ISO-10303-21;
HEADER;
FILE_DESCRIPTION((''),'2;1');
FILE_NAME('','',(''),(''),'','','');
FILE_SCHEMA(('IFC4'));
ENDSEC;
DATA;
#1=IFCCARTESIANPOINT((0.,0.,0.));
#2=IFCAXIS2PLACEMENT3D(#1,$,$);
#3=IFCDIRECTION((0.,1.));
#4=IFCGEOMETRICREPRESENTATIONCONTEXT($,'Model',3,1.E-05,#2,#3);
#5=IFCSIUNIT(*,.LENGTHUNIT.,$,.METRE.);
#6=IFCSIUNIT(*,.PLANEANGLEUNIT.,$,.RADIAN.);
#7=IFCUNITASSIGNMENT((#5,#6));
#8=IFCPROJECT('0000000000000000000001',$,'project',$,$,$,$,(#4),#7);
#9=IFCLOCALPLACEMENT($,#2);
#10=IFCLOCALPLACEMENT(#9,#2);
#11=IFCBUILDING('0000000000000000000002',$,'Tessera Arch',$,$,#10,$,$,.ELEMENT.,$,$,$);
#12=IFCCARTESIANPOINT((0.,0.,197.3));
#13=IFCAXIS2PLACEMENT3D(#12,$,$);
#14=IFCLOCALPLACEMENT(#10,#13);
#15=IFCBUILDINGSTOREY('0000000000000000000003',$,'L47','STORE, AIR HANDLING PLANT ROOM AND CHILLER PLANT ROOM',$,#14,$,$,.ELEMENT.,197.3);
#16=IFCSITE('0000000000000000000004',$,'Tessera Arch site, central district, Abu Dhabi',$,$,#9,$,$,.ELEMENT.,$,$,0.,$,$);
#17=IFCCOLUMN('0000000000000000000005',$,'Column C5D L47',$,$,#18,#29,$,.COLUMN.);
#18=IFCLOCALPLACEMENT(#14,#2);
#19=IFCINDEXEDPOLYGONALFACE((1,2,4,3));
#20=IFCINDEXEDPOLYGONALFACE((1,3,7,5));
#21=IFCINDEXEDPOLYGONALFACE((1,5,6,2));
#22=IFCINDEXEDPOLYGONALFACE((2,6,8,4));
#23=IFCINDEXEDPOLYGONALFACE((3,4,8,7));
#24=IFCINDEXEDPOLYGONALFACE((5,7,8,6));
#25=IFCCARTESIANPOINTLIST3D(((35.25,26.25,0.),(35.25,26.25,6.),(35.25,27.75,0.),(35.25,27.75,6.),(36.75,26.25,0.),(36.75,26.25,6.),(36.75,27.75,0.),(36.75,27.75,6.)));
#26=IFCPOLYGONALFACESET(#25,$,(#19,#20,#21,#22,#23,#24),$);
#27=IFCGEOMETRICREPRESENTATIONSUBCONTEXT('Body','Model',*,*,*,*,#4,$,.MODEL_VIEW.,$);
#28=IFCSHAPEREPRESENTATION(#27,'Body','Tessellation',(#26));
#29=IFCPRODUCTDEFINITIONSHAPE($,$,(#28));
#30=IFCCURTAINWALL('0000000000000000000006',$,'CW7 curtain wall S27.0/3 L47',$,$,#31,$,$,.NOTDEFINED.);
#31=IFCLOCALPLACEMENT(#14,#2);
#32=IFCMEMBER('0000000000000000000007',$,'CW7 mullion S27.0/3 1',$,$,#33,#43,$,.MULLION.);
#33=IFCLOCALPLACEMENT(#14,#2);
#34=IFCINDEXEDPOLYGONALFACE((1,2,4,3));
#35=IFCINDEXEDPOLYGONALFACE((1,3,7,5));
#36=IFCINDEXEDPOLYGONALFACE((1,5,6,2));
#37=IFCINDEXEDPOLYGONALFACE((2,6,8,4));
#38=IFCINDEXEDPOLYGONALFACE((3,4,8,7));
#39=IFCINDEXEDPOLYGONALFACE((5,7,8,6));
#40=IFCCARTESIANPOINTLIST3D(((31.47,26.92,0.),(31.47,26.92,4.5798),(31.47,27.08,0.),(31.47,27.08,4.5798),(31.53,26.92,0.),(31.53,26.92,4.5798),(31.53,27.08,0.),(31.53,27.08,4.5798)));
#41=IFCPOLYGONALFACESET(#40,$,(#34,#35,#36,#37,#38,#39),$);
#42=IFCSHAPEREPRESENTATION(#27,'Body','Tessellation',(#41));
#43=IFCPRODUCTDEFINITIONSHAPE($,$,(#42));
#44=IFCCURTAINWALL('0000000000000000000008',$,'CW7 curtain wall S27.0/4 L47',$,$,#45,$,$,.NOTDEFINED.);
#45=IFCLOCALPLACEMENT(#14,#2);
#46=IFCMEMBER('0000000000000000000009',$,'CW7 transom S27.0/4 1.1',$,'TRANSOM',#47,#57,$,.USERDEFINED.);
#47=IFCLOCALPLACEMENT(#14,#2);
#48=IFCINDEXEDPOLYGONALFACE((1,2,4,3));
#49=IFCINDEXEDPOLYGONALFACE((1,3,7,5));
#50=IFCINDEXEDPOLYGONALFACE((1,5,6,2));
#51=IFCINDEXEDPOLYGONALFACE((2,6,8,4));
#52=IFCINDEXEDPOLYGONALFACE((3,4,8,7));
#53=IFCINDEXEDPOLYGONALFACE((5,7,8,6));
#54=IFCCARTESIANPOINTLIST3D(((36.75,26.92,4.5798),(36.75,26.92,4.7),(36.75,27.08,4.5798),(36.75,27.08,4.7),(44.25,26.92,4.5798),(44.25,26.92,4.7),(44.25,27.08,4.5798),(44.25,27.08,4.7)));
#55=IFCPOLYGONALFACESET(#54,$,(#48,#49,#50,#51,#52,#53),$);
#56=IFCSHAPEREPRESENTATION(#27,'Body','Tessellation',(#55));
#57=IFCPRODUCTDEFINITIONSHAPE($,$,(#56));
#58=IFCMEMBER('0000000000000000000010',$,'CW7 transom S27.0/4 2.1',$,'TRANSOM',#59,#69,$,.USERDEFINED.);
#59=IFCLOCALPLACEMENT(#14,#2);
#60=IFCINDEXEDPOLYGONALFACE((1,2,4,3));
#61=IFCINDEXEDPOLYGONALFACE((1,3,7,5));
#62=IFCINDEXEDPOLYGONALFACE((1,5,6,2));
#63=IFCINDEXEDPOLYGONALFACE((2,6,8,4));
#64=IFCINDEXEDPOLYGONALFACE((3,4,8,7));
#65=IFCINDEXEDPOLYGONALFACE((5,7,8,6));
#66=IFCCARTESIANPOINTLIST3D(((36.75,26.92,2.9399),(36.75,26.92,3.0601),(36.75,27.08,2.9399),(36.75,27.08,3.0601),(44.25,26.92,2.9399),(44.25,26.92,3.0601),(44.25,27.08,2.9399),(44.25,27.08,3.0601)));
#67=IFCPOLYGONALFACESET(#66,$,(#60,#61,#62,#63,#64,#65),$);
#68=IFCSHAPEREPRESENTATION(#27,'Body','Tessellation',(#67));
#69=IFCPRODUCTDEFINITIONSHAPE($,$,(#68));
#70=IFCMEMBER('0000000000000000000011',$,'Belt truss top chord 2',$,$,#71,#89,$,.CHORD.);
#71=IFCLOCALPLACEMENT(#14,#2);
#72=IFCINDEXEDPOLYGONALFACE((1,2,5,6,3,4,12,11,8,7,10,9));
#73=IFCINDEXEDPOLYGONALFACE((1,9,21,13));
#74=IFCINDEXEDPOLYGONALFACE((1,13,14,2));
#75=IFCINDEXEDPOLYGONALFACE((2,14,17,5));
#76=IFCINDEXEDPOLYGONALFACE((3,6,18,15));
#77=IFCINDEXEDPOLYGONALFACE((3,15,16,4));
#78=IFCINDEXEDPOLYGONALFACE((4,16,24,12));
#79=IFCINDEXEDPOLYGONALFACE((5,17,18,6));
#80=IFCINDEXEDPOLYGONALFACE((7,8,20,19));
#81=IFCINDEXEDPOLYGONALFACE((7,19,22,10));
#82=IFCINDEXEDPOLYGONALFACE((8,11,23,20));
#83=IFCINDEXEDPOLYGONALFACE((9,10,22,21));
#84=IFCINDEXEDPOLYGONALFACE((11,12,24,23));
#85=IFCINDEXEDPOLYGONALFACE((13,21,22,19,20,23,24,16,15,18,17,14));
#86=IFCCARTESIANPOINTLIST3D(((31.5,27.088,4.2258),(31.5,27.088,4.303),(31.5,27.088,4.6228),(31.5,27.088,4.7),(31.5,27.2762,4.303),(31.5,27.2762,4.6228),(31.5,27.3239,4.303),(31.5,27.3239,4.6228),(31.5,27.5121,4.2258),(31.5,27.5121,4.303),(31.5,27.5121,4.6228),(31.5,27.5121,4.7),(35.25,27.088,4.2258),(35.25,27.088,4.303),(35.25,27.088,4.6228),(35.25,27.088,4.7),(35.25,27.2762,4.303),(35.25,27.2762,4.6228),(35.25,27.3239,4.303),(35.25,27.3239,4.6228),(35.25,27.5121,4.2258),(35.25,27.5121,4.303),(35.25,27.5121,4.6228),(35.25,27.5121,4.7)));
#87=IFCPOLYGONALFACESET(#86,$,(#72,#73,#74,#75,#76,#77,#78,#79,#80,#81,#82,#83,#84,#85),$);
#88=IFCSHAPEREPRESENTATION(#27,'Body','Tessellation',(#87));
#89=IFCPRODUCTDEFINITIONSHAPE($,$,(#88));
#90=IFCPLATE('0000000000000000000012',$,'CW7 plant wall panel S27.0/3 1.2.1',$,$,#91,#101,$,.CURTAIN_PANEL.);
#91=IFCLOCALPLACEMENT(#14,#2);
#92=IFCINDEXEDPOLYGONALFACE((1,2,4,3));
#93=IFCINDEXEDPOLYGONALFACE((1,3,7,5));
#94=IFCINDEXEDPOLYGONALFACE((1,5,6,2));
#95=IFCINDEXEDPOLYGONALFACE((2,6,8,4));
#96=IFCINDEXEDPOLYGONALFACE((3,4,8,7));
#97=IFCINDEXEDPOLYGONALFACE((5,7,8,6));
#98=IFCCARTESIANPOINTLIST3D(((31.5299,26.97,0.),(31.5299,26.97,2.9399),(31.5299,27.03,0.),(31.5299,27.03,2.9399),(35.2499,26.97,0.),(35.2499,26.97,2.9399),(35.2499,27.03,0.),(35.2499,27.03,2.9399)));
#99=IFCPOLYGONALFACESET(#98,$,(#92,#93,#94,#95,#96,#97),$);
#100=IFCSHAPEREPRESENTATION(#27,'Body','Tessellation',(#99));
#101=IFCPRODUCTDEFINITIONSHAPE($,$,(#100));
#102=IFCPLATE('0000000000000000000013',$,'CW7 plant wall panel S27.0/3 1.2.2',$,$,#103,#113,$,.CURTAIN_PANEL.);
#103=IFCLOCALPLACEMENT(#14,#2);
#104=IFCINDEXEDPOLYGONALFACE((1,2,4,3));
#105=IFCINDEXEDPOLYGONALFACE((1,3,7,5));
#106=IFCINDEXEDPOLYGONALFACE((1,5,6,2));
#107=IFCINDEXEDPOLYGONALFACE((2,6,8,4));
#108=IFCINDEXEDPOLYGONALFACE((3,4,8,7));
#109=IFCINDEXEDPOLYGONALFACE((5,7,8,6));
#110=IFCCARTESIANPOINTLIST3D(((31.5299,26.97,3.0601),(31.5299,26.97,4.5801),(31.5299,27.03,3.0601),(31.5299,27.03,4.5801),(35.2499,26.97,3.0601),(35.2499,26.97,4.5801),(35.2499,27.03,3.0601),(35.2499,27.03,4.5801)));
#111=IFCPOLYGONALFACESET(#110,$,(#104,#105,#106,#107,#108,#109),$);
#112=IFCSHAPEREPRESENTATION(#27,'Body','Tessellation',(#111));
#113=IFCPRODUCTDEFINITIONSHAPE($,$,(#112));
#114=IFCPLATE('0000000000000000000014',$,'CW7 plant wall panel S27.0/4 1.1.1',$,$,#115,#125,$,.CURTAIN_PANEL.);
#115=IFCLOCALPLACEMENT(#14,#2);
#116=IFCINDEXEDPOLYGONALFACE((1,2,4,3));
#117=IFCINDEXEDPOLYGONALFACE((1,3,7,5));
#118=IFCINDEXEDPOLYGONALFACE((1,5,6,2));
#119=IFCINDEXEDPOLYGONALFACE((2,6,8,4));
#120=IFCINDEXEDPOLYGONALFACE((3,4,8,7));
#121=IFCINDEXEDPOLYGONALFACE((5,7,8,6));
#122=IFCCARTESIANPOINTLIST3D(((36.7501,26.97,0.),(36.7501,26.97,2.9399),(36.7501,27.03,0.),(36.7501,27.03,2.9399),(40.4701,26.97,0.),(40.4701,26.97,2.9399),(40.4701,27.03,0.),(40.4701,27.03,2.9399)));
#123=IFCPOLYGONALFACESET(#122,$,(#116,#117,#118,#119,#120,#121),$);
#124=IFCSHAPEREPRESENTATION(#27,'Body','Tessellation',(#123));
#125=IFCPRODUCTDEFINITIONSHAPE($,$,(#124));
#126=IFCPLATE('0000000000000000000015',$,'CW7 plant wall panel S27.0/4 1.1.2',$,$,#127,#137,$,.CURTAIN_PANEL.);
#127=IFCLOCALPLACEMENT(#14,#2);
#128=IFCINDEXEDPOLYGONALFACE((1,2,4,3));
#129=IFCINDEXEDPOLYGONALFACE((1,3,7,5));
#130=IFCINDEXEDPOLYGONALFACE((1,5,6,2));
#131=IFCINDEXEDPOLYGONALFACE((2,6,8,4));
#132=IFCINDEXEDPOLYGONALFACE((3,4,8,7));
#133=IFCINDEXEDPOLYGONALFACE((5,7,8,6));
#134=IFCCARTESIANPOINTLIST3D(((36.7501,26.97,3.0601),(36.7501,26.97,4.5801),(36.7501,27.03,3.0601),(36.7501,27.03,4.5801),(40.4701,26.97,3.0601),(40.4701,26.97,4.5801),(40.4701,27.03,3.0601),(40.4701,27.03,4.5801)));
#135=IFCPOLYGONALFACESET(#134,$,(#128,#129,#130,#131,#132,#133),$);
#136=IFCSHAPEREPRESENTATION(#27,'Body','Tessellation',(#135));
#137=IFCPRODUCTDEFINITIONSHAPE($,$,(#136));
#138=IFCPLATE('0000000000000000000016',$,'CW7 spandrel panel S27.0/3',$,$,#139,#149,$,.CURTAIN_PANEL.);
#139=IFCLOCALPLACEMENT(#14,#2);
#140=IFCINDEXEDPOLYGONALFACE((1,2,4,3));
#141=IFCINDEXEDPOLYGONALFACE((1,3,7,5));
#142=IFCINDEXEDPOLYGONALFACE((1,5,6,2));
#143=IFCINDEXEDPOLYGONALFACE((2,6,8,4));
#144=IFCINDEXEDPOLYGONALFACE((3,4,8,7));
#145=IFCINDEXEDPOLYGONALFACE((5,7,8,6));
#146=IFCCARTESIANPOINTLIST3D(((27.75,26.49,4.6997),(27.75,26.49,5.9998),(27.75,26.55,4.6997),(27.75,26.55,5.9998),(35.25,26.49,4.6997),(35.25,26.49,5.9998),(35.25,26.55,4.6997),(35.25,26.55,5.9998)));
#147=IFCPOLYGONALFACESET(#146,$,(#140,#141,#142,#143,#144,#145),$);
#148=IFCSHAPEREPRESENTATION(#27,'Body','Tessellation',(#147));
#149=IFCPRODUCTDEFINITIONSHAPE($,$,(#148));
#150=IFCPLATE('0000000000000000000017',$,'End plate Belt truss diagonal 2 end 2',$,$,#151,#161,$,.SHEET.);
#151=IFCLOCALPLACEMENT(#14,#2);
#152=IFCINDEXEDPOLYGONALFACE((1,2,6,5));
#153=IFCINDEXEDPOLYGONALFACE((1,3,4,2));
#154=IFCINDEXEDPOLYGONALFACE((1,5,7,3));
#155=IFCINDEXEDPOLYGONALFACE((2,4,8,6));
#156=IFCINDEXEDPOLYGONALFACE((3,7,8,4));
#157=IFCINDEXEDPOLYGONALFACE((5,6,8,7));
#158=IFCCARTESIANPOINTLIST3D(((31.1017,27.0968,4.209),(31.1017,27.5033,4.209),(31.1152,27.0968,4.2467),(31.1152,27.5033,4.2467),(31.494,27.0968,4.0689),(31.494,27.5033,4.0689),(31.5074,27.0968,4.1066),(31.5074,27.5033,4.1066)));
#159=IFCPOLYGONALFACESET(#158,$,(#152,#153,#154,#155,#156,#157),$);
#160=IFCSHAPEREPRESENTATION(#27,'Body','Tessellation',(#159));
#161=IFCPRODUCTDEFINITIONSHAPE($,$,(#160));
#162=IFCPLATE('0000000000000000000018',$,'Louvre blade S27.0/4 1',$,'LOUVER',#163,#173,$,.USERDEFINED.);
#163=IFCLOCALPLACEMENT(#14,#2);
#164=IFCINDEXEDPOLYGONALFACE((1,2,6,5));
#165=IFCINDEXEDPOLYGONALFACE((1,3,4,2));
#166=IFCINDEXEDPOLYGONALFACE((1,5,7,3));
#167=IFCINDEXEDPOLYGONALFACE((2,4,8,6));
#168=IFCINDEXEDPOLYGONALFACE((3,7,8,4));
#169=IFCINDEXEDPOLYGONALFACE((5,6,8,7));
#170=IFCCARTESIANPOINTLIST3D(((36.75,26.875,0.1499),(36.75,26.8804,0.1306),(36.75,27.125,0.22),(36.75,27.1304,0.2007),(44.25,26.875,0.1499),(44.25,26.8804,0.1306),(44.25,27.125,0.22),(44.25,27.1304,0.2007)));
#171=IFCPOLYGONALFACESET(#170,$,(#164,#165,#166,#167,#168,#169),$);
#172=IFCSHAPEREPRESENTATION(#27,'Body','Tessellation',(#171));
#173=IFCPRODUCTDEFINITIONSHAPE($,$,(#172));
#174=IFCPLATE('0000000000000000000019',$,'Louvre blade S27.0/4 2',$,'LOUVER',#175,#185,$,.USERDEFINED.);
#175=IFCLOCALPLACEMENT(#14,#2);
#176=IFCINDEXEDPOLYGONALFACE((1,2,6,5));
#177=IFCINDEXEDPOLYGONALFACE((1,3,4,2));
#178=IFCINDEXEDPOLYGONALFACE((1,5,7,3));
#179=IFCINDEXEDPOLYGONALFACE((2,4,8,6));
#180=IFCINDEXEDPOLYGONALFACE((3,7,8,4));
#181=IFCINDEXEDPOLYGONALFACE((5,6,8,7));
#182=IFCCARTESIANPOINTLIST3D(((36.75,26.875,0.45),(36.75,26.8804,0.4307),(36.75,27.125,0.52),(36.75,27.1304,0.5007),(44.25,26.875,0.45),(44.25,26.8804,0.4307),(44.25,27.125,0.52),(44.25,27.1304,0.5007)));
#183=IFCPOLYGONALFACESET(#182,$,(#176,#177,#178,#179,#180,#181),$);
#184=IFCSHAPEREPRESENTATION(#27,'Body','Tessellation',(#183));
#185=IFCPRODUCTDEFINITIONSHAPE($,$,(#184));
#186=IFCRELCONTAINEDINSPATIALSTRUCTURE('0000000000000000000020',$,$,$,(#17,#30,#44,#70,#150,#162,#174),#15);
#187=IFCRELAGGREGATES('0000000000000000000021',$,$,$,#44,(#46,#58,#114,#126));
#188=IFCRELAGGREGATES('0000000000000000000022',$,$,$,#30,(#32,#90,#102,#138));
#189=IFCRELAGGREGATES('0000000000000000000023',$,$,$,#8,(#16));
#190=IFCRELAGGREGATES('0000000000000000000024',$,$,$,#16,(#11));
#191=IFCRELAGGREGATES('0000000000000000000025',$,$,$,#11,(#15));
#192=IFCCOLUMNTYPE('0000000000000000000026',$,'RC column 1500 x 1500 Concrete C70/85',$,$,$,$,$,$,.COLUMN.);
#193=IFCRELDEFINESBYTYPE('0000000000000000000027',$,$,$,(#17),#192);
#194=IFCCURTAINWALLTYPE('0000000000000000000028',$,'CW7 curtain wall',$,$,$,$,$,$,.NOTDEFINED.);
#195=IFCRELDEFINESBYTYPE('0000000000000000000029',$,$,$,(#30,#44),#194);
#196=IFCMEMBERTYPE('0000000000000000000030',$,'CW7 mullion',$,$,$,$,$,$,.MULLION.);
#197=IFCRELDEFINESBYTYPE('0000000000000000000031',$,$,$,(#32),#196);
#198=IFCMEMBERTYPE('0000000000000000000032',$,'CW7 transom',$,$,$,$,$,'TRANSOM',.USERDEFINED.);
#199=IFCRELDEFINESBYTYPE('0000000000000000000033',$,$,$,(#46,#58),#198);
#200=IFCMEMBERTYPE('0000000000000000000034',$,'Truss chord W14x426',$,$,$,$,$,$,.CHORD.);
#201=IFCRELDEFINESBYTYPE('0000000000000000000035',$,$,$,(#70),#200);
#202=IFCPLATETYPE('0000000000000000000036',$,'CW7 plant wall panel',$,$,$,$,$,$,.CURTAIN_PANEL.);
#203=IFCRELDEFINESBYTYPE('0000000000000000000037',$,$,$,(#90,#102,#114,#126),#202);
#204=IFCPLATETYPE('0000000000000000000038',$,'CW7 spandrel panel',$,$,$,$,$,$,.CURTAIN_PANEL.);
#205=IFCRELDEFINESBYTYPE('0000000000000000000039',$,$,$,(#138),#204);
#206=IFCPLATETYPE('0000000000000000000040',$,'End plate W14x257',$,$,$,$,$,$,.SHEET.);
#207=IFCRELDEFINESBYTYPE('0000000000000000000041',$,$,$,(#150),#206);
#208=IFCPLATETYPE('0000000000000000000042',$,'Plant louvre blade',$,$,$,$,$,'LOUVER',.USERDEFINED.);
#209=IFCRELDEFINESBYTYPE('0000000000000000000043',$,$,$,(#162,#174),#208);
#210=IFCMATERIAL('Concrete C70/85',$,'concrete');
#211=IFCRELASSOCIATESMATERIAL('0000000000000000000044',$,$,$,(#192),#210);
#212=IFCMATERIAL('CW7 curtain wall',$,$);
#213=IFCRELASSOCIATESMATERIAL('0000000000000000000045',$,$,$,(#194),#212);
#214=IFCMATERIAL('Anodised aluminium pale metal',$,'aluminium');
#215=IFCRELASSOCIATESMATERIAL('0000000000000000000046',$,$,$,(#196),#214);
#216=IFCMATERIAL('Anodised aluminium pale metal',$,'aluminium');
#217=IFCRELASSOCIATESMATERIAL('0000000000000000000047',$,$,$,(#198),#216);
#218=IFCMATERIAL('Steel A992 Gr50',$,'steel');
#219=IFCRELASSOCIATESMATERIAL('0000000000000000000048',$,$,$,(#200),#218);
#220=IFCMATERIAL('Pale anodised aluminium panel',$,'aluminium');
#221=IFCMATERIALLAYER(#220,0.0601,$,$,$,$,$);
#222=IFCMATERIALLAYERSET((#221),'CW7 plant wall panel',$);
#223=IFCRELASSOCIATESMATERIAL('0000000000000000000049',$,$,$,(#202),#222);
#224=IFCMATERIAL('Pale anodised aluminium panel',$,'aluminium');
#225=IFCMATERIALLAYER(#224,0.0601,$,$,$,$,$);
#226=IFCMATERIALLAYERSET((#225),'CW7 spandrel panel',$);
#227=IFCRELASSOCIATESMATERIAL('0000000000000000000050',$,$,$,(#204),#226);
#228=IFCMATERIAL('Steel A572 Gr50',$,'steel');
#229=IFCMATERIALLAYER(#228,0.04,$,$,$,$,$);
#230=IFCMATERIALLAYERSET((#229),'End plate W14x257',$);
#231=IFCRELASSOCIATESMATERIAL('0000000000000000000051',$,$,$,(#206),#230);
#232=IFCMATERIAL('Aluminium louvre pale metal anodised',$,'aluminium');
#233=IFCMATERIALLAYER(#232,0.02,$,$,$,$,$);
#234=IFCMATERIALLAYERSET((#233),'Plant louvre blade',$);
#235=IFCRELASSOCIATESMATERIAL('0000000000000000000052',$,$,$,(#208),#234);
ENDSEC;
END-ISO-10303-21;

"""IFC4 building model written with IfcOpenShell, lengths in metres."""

from ifc_helpers import new_model, si_unit, direction, frame, origin, origin_2d, place, context, subcontext, project, spatial, polyline, rectangle, i_section, outline, extrude, material, layer, layer_set, material_profile, profile_set, type_object, element, aggregate, save


model = new_model("IFC4")

# Units and contexts
model_context = context("Model", 3, precision=1e-05, world=origin(), true_north=direction((0.0, 1.0)))
body_context = subcontext(model_context, "Body", "Model", "MODEL_VIEW")
ifc_project = project(units=[si_unit("LENGTHUNIT", "METRE"), si_unit("PLANEANGLEUNIT", "RADIAN")], contexts=[model_context])

# Site, building, storey
site_placement = place(None, origin())
site = spatial("IfcSite", under=ifc_project, at=site_placement, Name="Tessera Arch site, central district, Abu Dhabi", CompositionType="ELEMENT", RefElevation=0.0)
building_placement = place(site_placement, origin())
building = spatial("IfcBuilding", under=site, at=building_placement, Name="Tessera Arch", CompositionType="ELEMENT")
storey_placement = place(building_placement, frame((0.0, 0.0, 197.3)))
storey = spatial("IfcBuildingStorey", under=building, at=storey_placement, Name="L47", Description="STORE, AIR HANDLING PLANT ROOM AND CHILLER PLANT ROOM", CompositionType="ELEMENT", Elevation=197.3)

# Column
ifc_material_1 = material(Name="Concrete C70/85", Category="concrete")
ifc_material_profile_1 = material_profile(ifc_material_1, rectangle(XDim=1.5, YDim=1.5, at=origin_2d()), Name="RC column 1500 x 1500 Concrete C70/85")
ifc_profile_set_1 = profile_set([ifc_material_profile_1], Name="Concrete C70/85")
column_type = type_object("IfcColumnType", Name="RC column 1500 x 1500 Concrete C70/85", PredefinedType="COLUMN", material=ifc_profile_set_1)
column_placement = place(storey_placement, frame((36.0, 27.0, 0.0), z_axis=(0.0, 0.0, 1.0), x_axis=(1.0, 0.0, 0.0)))
element("IfcColumn", 1, at=column_placement, inside=storey, type_object=column_type, Name="Column C5D L47", PredefinedType="COLUMN", context=body_context, shape_type="SweptSolid", body=[
    extrude(rectangle(XDim=1.5, YDim=1.5, at=origin_2d()), origin(), (0.0, 0.0, 1.0), 6.0),
])

# Curtain wall, member
ifc_material_2 = material(Name="CW7 curtain wall")
curtain_wall_type = type_object("IfcCurtainWallType", Name="CW7 curtain wall", PredefinedType="NOTDEFINED", material=ifc_material_2)
curtain_wall_1_placement = place(storey_placement, origin())
curtain_wall_1 = element("IfcCurtainWall", 2, at=curtain_wall_1_placement, inside=storey, type_object=curtain_wall_type, Name="CW7 curtain wall S27.0/3 L47", PredefinedType="NOTDEFINED")
ifc_material_3 = material(Name="Anodised aluminium pale metal", Category="aluminium")
ifc_material_profile_2 = material_profile(ifc_material_3, rectangle(XDim=0.1599, YDim=0.0601, at=origin_2d()), Name="AL 60x160")
ifc_profile_set_2 = profile_set([ifc_material_profile_2], Name="Anodised aluminium pale metal")
member_type_1 = type_object("IfcMemberType", Name="CW7 mullion", PredefinedType="MULLION", material=ifc_profile_set_2)
member_1_placement = place(storey_placement, frame((31.5, 27.0, 0.0), z_axis=(0.0, 0.0, 1.0), x_axis=(0.0, 1.0, 0.0)))
member_1 = element("IfcMember", 3, at=member_1_placement, type_object=member_type_1, Name="CW7 mullion S27.0/3 1", PredefinedType="MULLION", context=body_context, shape_type="SweptSolid", body=[
    extrude(rectangle(XDim=0.1599, YDim=0.0601, at=origin_2d()), origin(), (0.0, 0.0, 1.0), 4.5798),
])

# Curtain wall, members
curtain_wall_2_placement = place(storey_placement, origin())
curtain_wall_2 = element("IfcCurtainWall", 4, at=curtain_wall_2_placement, inside=storey, type_object=curtain_wall_type, Name="CW7 curtain wall S27.0/4 L47", PredefinedType="NOTDEFINED")
ifc_material_4 = material(Name="Anodised aluminium pale metal", Category="aluminium")
ifc_material_profile_3 = material_profile(ifc_material_4, rectangle(XDim=0.1599, YDim=0.1201, at=origin_2d()), Name="AL 160x120")
ifc_profile_set_3 = profile_set([ifc_material_profile_3], Name="Anodised aluminium pale metal")
member_type_2 = type_object("IfcMemberType", Name="CW7 transom", ElementType="TRANSOM", PredefinedType="USERDEFINED", material=ifc_profile_set_3)
member_2_placement = place(storey_placement, frame((36.75, 27.0, 4.6399), z_axis=(1.0, 0.0, 0.0), x_axis=(0.0, 1.0, 0.0)))
member_2 = element("IfcMember", 5, at=member_2_placement, type_object=member_type_2, Name="CW7 transom S27.0/4 1.1", ObjectType="TRANSOM", PredefinedType="USERDEFINED", context=body_context, shape_type="SweptSolid", body=[
    extrude(rectangle(XDim=0.1599, YDim=0.1201, at=origin_2d()), origin(), (0.0, 0.0, 1.0), 7.5),
])
member_3_placement = place(storey_placement, frame((36.75, 27.0, 3.0), z_axis=(1.0, 0.0, 0.0), x_axis=(0.0, 1.0, 0.0)))
member_3 = element("IfcMember", 6, at=member_3_placement, type_object=member_type_2, Name="CW7 transom S27.0/4 2.1", ObjectType="TRANSOM", PredefinedType="USERDEFINED", context=body_context, shape_type="SweptSolid", body=[
    extrude(rectangle(XDim=0.1599, YDim=0.1201, at=origin_2d()), origin(), (0.0, 0.0, 1.0), 7.5),
])

# Member
ifc_material_5 = material(Name="Steel A992 Gr50", Category="steel")
ifc_material_profile_4 = material_profile(ifc_material_5, i_section(OverallWidth=0.4241, OverallDepth=0.4741, WebThickness=0.0476, FlangeThickness=0.0771, at=origin_2d()), Name="W14x426")
ifc_profile_set_4 = profile_set([ifc_material_profile_4], Name="Steel A992 Gr50")
member_type_3 = type_object("IfcMemberType", Name="Truss chord W14x426", PredefinedType="CHORD", material=ifc_profile_set_4)
member_4_placement = place(storey_placement, frame((31.5, 27.3, 4.4629), z_axis=(1.0, 0.0, 0.0), x_axis=(0.0, 1.0, 0.0)))
element("IfcMember", 7, at=member_4_placement, inside=storey, type_object=member_type_3, Name="Belt truss top chord 2", PredefinedType="CHORD", context=body_context, shape_type="SweptSolid", body=[
    extrude(i_section(OverallWidth=0.4241, OverallDepth=0.4741, WebThickness=0.0476, FlangeThickness=0.0771, at=origin_2d()), origin(), (0.0, 0.0, 1.0), 3.75),
])

# Plates
ifc_material_6 = material(Name="Pale anodised aluminium panel", Category="aluminium")
ifc_layer_1 = layer(ifc_material_6, 0.0601)
ifc_layer_set_1 = layer_set([ifc_layer_1], Name="CW7 plant wall panel")
plate_type_1 = type_object("IfcPlateType", Name="CW7 plant wall panel", PredefinedType="CURTAIN_PANEL", material=ifc_layer_set_1)
plate_1_placement = place(storey_placement, frame((33.3899, 27.0, 0.0), z_axis=(0.0, 0.0, 1.0), x_axis=(1.0, 0.0, 0.0)))
plate_1 = element("IfcPlate", 8, at=plate_1_placement, type_object=plate_type_1, Name="CW7 plant wall panel S27.0/3 1.2.1", PredefinedType="CURTAIN_PANEL", context=body_context, shape_type="SweptSolid", body=[
    extrude(rectangle(XDim=3.72, YDim=0.0601, at=origin_2d()), origin(), (0.0, 0.0, 1.0), 2.9399),
])
plate_2_placement = place(storey_placement, frame((33.3899, 27.0, 3.0601), z_axis=(0.0, 0.0, 1.0), x_axis=(1.0, 0.0, 0.0)))
plate_2 = element("IfcPlate", 9, at=plate_2_placement, type_object=plate_type_1, Name="CW7 plant wall panel S27.0/3 1.2.2", PredefinedType="CURTAIN_PANEL", context=body_context, shape_type="SweptSolid", body=[
    extrude(rectangle(XDim=3.72, YDim=0.0601, at=origin_2d()), origin(), (0.0, 0.0, 1.0), 1.52),
])
plate_3_placement = place(storey_placement, frame((38.6101, 27.0, 0.0), z_axis=(0.0, 0.0, 1.0), x_axis=(1.0, 0.0, 0.0)))
plate_3 = element("IfcPlate", 10, at=plate_3_placement, type_object=plate_type_1, Name="CW7 plant wall panel S27.0/4 1.1.1", PredefinedType="CURTAIN_PANEL", context=body_context, shape_type="SweptSolid", body=[
    extrude(rectangle(XDim=3.72, YDim=0.0601, at=origin_2d()), origin(), (0.0, 0.0, 1.0), 2.9399),
])
plate_4_placement = place(storey_placement, frame((38.6101, 27.0, 3.0601), z_axis=(0.0, 0.0, 1.0), x_axis=(1.0, 0.0, 0.0)))
plate_4 = element("IfcPlate", 11, at=plate_4_placement, type_object=plate_type_1, Name="CW7 plant wall panel S27.0/4 1.1.2", PredefinedType="CURTAIN_PANEL", context=body_context, shape_type="SweptSolid", body=[
    extrude(rectangle(XDim=3.72, YDim=0.0601, at=origin_2d()), origin(), (0.0, 0.0, 1.0), 1.52),
])
aggregate(curtain_wall_2, [member_2, member_3, plate_3, plate_4])
ifc_material_7 = material(Name="Pale anodised aluminium panel", Category="aluminium")
ifc_layer_2 = layer(ifc_material_7, 0.0601)
ifc_layer_set_2 = layer_set([ifc_layer_2], Name="CW7 spandrel panel")
plate_type_2 = type_object("IfcPlateType", Name="CW7 spandrel panel", PredefinedType="CURTAIN_PANEL", material=ifc_layer_set_2)
plate_5_placement = place(storey_placement, frame((31.5, 26.52, 4.6997), z_axis=(0.0, 0.0, 1.0), x_axis=(1.0, 0.0, 0.0)))
plate_5 = element("IfcPlate", 12, at=plate_5_placement, type_object=plate_type_2, Name="CW7 spandrel panel S27.0/3", PredefinedType="CURTAIN_PANEL", context=body_context, shape_type="SweptSolid", body=[
    extrude(rectangle(XDim=7.5, YDim=0.0601, at=origin_2d()), origin(), (0.0, 0.0, 1.0), 1.3),
])
aggregate(curtain_wall_1, [member_1, plate_1, plate_2, plate_5])

# Plates
ifc_material_8 = material(Name="Steel A572 Gr50", Category="steel")
ifc_layer_3 = layer(ifc_material_8, 0.04)
ifc_layer_set_3 = layer_set([ifc_layer_3], Name="End plate W14x257")
plate_type_3 = type_object("IfcPlateType", Name="End plate W14x257", PredefinedType="SHEET", material=ifc_layer_set_3)
plate_6_placement = place(storey_placement, frame((31.2979, 27.3, 4.1389), z_axis=(0.336336, 0.0, 0.941742), x_axis=(0.0, 1.0, 0.0)))
element("IfcPlate", 13, at=plate_6_placement, inside=storey, type_object=plate_type_3, Name="End plate Belt truss diagonal 2 end 2", PredefinedType="SHEET", context=body_context, shape_type="SweptSolid", body=[
    extrude(rectangle(XDim=0.4065, YDim=0.4165, at=origin_2d()), origin(), (0.0, 0.0, 1.0), 0.04),
])
ifc_material_9 = material(Name="Aluminium louvre pale metal anodised", Category="aluminium")
ifc_layer_4 = layer(ifc_material_9, 0.02)
ifc_layer_set_4 = layer_set([ifc_layer_4], Name="Plant louvre blade")
plate_type_4 = type_object("IfcPlateType", Name="Plant louvre blade", ElementType="LOUVER", PredefinedType="USERDEFINED", material=ifc_layer_set_4)
for number, where, z_axis, x_axis, name in (
    (14, (36.75, 26.875, 0.1499), (0.0, -0.269874, 0.962896), (1.0, 0.0, 0.0), "Louvre blade S27.0/4 1"),
    (15, (36.75, 26.875, 0.45), (0.0, -0.269874, 0.962896), (1.0, 0.0, 0.0), "Louvre blade S27.0/4 2"),
):
    element("IfcPlate", number, at=place(storey_placement, frame(where, z_axis=z_axis, x_axis=x_axis)), inside=storey, type_object=plate_type_4, Name=name, ObjectType="LOUVER", PredefinedType="USERDEFINED", context=body_context, shape_type="SweptSolid", body=[
        extrude(outline(polyline([(0.0, 0.0), (7.5, 0.0), (7.5, 0.2596), (0.0, 0.2596), (0.0, 0.0)])), origin(), (0.0, 0.0, -1.0), 0.02),
    ])

save(model, "model.ifc")
